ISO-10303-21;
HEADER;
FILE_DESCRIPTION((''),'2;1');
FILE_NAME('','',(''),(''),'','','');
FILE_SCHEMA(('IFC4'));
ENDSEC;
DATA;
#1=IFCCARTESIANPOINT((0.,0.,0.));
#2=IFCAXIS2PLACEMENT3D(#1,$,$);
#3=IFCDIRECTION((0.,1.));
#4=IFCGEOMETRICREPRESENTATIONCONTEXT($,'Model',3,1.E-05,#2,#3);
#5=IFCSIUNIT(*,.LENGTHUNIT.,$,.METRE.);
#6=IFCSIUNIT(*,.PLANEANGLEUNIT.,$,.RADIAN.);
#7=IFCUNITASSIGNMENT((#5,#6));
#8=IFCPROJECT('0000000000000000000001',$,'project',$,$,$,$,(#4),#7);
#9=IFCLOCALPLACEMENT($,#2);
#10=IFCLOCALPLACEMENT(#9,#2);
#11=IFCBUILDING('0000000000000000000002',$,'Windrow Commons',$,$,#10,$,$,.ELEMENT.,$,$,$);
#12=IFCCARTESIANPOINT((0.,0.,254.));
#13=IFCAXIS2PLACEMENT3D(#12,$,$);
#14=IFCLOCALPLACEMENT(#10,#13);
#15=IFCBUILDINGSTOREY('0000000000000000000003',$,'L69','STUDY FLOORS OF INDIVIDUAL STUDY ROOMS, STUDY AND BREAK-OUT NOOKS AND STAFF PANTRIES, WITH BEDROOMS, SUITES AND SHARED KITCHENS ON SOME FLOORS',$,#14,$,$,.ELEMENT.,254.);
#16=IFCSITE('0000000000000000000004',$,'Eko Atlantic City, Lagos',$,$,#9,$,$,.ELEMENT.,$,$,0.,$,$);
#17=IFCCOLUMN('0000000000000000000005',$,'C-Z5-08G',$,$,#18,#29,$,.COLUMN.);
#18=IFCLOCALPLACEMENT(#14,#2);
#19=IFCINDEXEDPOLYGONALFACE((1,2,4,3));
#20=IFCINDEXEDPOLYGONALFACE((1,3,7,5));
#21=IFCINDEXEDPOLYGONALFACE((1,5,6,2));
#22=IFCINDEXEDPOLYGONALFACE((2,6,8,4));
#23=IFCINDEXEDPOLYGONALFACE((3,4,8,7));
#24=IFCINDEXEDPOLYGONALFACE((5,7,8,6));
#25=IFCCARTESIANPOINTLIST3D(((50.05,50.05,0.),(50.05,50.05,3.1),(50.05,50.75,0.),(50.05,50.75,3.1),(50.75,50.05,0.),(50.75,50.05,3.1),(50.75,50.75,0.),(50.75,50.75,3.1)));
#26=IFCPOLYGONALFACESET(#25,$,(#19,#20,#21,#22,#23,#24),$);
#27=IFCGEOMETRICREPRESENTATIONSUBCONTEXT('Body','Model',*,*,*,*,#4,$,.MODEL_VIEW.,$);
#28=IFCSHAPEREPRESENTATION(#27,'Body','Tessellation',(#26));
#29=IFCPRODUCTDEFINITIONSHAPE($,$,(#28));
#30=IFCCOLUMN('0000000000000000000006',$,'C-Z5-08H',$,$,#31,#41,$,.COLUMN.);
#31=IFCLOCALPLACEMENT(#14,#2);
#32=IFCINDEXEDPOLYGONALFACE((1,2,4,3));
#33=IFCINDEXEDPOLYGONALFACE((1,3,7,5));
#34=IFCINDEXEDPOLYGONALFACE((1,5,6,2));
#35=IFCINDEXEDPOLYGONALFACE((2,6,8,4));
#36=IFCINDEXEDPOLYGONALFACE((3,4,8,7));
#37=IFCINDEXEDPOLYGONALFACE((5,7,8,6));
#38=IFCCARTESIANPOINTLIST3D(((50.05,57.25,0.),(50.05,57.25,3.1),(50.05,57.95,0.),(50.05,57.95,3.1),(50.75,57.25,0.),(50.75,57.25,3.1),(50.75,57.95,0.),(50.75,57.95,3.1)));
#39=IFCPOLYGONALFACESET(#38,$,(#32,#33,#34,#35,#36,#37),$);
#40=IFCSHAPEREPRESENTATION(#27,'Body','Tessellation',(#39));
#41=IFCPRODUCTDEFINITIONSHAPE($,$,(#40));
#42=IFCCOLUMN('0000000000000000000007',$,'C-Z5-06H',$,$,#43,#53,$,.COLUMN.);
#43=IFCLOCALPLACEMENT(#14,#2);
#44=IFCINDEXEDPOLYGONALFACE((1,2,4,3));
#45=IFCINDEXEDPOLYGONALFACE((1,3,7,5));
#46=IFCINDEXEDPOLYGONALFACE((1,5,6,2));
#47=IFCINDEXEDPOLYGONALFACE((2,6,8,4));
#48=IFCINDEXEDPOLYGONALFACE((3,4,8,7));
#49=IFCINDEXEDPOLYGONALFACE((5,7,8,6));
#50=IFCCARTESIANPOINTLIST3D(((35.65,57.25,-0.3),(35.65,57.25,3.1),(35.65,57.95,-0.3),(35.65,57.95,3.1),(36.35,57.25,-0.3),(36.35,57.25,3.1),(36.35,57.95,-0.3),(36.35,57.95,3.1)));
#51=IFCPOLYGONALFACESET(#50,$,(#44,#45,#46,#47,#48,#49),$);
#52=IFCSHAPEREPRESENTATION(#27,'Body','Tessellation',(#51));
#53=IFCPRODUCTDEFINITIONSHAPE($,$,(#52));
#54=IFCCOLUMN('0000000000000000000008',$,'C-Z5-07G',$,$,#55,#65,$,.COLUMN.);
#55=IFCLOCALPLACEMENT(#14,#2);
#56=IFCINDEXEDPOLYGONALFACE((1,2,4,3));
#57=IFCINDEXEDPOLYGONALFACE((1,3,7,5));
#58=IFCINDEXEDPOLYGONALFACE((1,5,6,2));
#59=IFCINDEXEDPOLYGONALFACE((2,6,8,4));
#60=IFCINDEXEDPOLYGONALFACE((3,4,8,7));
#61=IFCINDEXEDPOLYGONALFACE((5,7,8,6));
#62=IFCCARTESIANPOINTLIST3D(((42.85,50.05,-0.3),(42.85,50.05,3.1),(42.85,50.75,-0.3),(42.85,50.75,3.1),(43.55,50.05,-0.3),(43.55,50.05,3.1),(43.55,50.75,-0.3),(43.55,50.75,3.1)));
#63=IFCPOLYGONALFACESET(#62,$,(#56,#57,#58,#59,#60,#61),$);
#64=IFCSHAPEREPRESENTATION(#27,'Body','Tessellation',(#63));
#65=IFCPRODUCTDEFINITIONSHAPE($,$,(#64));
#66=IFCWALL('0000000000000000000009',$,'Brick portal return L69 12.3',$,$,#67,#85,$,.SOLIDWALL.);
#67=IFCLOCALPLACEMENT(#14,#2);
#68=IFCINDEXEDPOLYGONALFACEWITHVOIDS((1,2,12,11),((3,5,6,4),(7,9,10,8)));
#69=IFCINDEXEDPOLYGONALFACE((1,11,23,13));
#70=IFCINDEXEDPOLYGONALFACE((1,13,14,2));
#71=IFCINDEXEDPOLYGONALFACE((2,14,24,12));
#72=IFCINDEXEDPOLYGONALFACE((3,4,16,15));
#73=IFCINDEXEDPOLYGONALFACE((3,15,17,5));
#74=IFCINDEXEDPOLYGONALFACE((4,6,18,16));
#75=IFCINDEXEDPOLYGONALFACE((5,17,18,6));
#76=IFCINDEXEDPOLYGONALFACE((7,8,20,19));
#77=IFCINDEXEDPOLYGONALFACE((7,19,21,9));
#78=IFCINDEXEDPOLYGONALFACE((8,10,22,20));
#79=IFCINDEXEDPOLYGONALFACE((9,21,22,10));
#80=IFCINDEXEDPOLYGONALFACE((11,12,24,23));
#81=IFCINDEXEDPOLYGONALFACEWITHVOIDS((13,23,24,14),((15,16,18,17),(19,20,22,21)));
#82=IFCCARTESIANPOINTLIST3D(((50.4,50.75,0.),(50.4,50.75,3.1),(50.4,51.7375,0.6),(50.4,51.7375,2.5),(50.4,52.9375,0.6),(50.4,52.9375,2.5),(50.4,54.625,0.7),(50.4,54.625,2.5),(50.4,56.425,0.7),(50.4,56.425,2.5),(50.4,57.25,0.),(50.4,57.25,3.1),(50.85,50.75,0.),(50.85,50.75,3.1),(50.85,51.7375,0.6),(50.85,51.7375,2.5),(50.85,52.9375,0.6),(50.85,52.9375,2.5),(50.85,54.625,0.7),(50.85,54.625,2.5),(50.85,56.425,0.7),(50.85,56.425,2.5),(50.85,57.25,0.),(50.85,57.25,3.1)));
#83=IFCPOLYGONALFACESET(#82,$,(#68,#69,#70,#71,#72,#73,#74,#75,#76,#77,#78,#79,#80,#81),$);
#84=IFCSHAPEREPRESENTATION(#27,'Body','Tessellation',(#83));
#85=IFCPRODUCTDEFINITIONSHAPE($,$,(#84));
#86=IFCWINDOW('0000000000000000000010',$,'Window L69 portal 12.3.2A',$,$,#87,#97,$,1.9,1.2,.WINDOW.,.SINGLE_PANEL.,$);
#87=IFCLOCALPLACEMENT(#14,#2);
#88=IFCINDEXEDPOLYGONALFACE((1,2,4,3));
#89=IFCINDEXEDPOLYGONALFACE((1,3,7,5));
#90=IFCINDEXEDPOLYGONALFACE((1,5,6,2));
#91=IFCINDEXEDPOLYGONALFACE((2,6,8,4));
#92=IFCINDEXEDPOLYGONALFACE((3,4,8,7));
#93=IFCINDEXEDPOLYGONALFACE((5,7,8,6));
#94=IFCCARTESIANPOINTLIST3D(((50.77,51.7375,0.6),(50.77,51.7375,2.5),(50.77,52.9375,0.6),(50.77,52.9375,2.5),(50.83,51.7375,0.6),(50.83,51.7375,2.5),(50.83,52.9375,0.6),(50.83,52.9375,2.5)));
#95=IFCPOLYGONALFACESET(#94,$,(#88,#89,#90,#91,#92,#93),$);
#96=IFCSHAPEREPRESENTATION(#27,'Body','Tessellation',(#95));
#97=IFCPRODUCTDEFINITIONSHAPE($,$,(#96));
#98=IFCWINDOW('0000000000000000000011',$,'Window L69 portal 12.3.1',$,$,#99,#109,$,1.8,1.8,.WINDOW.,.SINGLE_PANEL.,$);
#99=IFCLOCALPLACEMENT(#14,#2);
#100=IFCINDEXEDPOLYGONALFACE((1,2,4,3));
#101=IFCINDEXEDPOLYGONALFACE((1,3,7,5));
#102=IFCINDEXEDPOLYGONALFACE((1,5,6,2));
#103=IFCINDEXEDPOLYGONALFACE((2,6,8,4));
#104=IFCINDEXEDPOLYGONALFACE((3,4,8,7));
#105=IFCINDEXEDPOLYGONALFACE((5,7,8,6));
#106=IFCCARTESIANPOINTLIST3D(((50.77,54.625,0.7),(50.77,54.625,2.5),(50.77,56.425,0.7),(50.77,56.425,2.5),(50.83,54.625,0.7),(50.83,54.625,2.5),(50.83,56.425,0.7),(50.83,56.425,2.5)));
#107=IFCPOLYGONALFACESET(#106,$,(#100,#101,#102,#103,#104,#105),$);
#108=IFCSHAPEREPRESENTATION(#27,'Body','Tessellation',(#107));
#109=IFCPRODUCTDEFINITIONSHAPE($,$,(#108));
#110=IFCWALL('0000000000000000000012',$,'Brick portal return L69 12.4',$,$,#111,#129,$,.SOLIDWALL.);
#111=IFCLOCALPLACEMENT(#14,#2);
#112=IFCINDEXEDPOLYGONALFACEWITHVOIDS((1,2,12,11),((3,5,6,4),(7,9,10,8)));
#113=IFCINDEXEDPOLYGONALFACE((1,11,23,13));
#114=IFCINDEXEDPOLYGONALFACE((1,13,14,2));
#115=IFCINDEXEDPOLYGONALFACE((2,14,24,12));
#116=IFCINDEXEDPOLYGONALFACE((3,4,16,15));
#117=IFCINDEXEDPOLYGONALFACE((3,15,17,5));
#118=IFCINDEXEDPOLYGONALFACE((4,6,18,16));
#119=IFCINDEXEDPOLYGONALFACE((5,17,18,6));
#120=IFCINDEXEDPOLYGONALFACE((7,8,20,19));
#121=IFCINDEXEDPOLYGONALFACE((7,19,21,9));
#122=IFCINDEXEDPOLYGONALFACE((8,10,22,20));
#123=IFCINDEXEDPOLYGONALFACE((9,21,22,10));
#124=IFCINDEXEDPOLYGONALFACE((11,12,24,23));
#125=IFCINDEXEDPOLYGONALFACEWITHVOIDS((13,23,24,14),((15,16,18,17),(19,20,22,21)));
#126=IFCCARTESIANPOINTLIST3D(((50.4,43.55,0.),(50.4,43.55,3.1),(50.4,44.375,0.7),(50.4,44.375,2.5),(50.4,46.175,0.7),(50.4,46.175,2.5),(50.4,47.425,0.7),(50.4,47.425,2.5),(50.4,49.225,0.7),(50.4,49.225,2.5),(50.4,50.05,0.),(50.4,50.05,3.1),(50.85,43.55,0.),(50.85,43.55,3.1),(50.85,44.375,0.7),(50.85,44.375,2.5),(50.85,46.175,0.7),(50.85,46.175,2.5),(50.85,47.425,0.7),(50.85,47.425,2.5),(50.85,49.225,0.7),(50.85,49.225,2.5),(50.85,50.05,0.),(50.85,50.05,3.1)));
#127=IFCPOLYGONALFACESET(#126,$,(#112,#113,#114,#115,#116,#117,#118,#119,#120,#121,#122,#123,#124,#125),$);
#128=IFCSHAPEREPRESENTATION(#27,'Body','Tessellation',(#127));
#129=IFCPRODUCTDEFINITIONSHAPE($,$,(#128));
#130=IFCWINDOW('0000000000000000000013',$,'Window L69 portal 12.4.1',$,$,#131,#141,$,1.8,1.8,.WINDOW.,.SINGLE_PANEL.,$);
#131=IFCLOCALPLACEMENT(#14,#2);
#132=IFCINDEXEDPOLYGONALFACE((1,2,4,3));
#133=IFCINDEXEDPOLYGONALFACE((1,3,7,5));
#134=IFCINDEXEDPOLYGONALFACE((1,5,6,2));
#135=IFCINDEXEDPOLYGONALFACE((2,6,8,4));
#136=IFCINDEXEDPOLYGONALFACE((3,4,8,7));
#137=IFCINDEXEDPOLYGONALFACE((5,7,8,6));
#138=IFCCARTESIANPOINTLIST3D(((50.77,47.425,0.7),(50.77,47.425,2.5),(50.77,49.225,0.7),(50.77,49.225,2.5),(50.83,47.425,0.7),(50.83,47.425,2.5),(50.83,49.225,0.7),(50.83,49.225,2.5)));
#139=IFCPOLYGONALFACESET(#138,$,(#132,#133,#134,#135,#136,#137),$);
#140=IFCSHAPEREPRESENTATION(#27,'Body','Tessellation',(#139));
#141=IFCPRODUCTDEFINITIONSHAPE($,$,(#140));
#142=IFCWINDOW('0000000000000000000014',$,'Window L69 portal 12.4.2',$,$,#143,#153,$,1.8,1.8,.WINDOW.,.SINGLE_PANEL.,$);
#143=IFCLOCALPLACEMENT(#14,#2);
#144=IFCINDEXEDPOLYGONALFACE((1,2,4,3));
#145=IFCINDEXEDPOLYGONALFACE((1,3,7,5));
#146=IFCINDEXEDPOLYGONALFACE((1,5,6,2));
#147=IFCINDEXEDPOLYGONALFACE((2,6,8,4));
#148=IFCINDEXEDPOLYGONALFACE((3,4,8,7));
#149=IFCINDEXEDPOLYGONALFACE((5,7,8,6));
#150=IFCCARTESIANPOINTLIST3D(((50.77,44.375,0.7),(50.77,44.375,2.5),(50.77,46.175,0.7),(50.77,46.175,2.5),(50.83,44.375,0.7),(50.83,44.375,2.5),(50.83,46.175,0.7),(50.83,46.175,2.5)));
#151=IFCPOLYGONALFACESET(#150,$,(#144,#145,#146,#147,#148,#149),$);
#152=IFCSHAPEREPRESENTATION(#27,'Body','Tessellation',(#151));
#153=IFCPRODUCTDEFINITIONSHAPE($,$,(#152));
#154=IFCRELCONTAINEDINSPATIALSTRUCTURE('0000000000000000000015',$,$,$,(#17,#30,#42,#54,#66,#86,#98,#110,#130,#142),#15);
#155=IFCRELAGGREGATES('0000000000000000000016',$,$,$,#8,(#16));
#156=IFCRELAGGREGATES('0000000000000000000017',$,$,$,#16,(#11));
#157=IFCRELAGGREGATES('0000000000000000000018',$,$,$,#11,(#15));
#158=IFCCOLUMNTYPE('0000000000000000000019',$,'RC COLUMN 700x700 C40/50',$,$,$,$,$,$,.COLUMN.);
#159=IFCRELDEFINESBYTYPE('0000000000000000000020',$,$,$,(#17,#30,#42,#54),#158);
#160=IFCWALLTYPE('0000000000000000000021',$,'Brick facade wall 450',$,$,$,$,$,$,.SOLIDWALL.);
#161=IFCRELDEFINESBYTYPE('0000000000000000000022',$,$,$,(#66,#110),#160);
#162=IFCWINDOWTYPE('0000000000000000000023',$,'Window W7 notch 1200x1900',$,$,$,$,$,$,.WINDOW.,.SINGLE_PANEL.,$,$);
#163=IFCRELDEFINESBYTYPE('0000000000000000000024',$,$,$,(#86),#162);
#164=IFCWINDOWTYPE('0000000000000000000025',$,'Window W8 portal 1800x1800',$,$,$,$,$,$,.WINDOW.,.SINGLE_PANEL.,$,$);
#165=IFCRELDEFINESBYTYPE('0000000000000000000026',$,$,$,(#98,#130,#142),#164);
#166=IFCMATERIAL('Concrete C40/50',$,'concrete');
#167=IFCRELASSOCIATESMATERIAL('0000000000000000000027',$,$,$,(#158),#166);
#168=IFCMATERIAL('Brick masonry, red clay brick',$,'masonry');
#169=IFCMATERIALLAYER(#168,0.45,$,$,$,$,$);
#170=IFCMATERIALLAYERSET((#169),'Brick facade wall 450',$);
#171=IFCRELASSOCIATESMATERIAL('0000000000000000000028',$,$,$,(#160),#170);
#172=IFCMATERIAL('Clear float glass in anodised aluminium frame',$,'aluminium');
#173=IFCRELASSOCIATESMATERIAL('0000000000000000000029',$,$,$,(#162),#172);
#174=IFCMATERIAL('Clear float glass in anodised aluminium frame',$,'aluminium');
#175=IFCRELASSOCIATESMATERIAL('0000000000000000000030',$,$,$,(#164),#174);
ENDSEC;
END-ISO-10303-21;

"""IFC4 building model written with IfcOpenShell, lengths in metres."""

from ifc_helpers import new_model, si_unit, direction, frame, frame_2d, origin, origin_2d, place, context, subcontext, project, spatial, rectangle, extrude, material, layer, layer_set, material_profile, profile_set, type_object, element, fill, save


model = new_model("IFC4")

# Units and contexts
model_context = context("Model", 3, precision=1e-05, world=origin(), true_north=direction((0.0, 1.0)))
body_context = subcontext(model_context, "Body", "Model", "MODEL_VIEW")
ifc_project = project(units=[si_unit("LENGTHUNIT", "METRE"), si_unit("PLANEANGLEUNIT", "RADIAN")], contexts=[model_context])

# Site, building, storey
site_placement = place(None, origin())
site = spatial("IfcSite", under=ifc_project, at=site_placement, Name="Eko Atlantic City, Lagos", CompositionType="ELEMENT", RefElevation=0.0)
building_placement = place(site_placement, origin())
building = spatial("IfcBuilding", under=site, at=building_placement, Name="Windrow Commons", CompositionType="ELEMENT")
storey_placement = place(building_placement, frame((0.0, 0.0, 254.0)))
storey = spatial("IfcBuildingStorey", under=building, at=storey_placement, Name="L69", Description="STUDY FLOORS OF INDIVIDUAL STUDY ROOMS, STUDY AND BREAK-OUT NOOKS AND STAFF PANTRIES, WITH BEDROOMS, SUITES AND SHARED KITCHENS ON SOME FLOORS", CompositionType="ELEMENT", Elevation=254.0)

# Columns
ifc_material_1 = material(Name="Concrete C40/50", Category="concrete")
ifc_material_profile = material_profile(ifc_material_1, rectangle(XDim=0.7, YDim=0.7, at=origin_2d()))
ifc_profile_set = profile_set([ifc_material_profile], Name="Concrete C40/50")
column_type = type_object("IfcColumnType", Name="RC COLUMN 700x700 C40/50", PredefinedType="COLUMN", material=ifc_profile_set)
for number, where, z_axis, x_axis, name in (
    (1, (50.4, 50.4, 0.0), (0.0, 0.0, 1.0), (1.0, 0.0, 0.0), "C-Z5-08G"),
    (2, (50.4, 57.6, 0.0), (0.0, 0.0, 1.0), (1.0, 0.0, 0.0), "C-Z5-08H"),
):
    element("IfcColumn", number, at=place(storey_placement, frame(where, z_axis=z_axis, x_axis=x_axis)), inside=storey, type_object=column_type, Name=name, PredefinedType="COLUMN", context=body_context, shape_type="SweptSolid", body=[
        extrude(rectangle(XDim=0.7, YDim=0.7, at=origin_2d()), origin(), (0.0, 0.0, 1.0), 3.1),
    ])
for number, where, z_axis, x_axis, name in (
    (3, (36.0, 57.6, -0.3), (0.0, 0.0, 1.0), (1.0, 0.0, 0.0), "C-Z5-06H"),
    (4, (43.2, 50.4, -0.3), (0.0, 0.0, 1.0), (1.0, 0.0, 0.0), "C-Z5-07G"),
):
    element("IfcColumn", number, at=place(storey_placement, frame(where, z_axis=z_axis, x_axis=x_axis)), inside=storey, type_object=column_type, Name=name, PredefinedType="COLUMN", context=body_context, shape_type="SweptSolid", body=[
        extrude(rectangle(XDim=0.7, YDim=0.7, at=origin_2d()), origin(), (0.0, 0.0, 1.0), 3.4),
    ])

# Walls, openings, windows
ifc_material_2 = material(Name="Brick masonry, red clay brick", Category="masonry")
ifc_layer_1 = layer(ifc_material_2, 0.45)
ifc_layer_set_1 = layer_set([ifc_layer_1], Name="Brick facade wall 450")
wall_type_1 = type_object("IfcWallType", Name="Brick facade wall 450", PredefinedType="SOLIDWALL", material=ifc_layer_set_1)
wall_1_placement = place(storey_placement, frame((50.625, 57.25, 0.0), z_axis=(0.0, 0.0, 1.0), x_axis=(0.0, -1.0, 0.0)))
wall_1 = element("IfcWall", 5, at=wall_1_placement, inside=storey, type_object=wall_type_1, Name="Brick portal return L69 12.3", PredefinedType="SOLIDWALL", context=body_context, shape_type="SweptSolid", body=[
    extrude(rectangle(XDim=6.5, YDim=0.45, at=frame_2d((3.25, 0.0))), origin(), (0.0, 0.0, 1.0), 3.1),
])
opening_1_placement = place(wall_1_placement, frame((0.825, 0.0, 0.7)))
opening_1 = element("IfcOpeningElement", 6, at=opening_1_placement, cuts=wall_1, PredefinedType="OPENING", context=body_context, shape_type="SweptSolid", body=[
    extrude(rectangle(XDim=1.8, YDim=1.8, at=frame_2d((0.9, 0.9))), frame((0.0, 0.235, 0.0), z_axis=(0.0, -1.0, 0.0), x_axis=(1.0, 0.0, 0.0)), (0.0, 0.0, 1.0), 0.47),
])
opening_2_placement = place(wall_1_placement, frame((4.3125, 0.0, 0.6)))
opening_2 = element("IfcOpeningElement", 7, at=opening_2_placement, cuts=wall_1, PredefinedType="OPENING", context=body_context, shape_type="SweptSolid", body=[
    extrude(rectangle(XDim=1.2, YDim=1.9, at=frame_2d((0.6, 0.95))), frame((0.0, 0.235, 0.0), z_axis=(0.0, -1.0, 0.0), x_axis=(1.0, 0.0, 0.0)), (0.0, 0.0, 1.0), 0.47),
])
ifc_material_3 = material(Name="Clear float glass in anodised aluminium frame", Category="aluminium")
window_type_1 = type_object("IfcWindowType", Name="Window W7 notch 1200x1900", PartitioningType="SINGLE_PANEL", PredefinedType="WINDOW", material=ifc_material_3)
window_1_placement = place(opening_2_placement, origin())
window_1 = element("IfcWindow", 8, at=window_1_placement, inside=storey, type_object=window_type_1, Name="Window L69 portal 12.3.2A", OverallHeight=1.9, OverallWidth=1.2, PartitioningType="SINGLE_PANEL", PredefinedType="WINDOW", context=body_context, shape_type="SweptSolid", body=[
    extrude(rectangle(XDim=1.2, YDim=1.9, at=frame_2d((0.6, 0.95))), frame((0.0, 0.205, 0.0), z_axis=(0.0, -1.0, 0.0), x_axis=(1.0, 0.0, 0.0)), (0.0, 0.0, 1.0), 0.06),
])
fill(opening_2, window_1)
ifc_material_4 = material(Name="Clear float glass in anodised aluminium frame", Category="aluminium")
window_type_2 = type_object("IfcWindowType", Name="Window W8 portal 1800x1800", PartitioningType="SINGLE_PANEL", PredefinedType="WINDOW", material=ifc_material_4)
window_2_placement = place(opening_1_placement, origin())
window_2 = element("IfcWindow", 9, at=window_2_placement, inside=storey, type_object=window_type_2, Name="Window L69 portal 12.3.1", OverallHeight=1.8, OverallWidth=1.8, PartitioningType="SINGLE_PANEL", PredefinedType="WINDOW", context=body_context, shape_type="SweptSolid", body=[
    extrude(rectangle(XDim=1.8, YDim=1.8, at=frame_2d((0.9, 0.9))), frame((0.0, 0.205, 0.0), z_axis=(0.0, -1.0, 0.0), x_axis=(1.0, 0.0, 0.0)), (0.0, 0.0, 1.0), 0.06),
])
fill(opening_1, window_2)
wall_2_placement = place(storey_placement, frame((50.625, 50.05, 0.0), z_axis=(0.0, 0.0, 1.0), x_axis=(0.0, -1.0, 0.0)))
wall_2 = element("IfcWall", 10, at=wall_2_placement, inside=storey, type_object=wall_type_1, Name="Brick portal return L69 12.4", PredefinedType="SOLIDWALL", context=body_context, shape_type="SweptSolid", body=[
    extrude(rectangle(XDim=6.5, YDim=0.45, at=frame_2d((3.25, 0.0))), origin(), (0.0, 0.0, 1.0), 3.1),
])
opening_3_placement = place(wall_2_placement, frame((0.825, 0.0, 0.7)))
opening_3 = element("IfcOpeningElement", 11, at=opening_3_placement, cuts=wall_2, PredefinedType="OPENING", context=body_context, shape_type="SweptSolid", body=[
    extrude(rectangle(XDim=1.8, YDim=1.8, at=frame_2d((0.9, 0.9))), frame((0.0, 0.235, 0.0), z_axis=(0.0, -1.0, 0.0), x_axis=(1.0, 0.0, 0.0)), (0.0, 0.0, 1.0), 0.47),
])
opening_4_placement = place(wall_2_placement, frame((3.875, 0.0, 0.7)))
opening_4 = element("IfcOpeningElement", 12, at=opening_4_placement, cuts=wall_2, PredefinedType="OPENING", context=body_context, shape_type="SweptSolid", body=[
    extrude(rectangle(XDim=1.8, YDim=1.8, at=frame_2d((0.9, 0.9))), frame((0.0, 0.235, 0.0), z_axis=(0.0, -1.0, 0.0), x_axis=(1.0, 0.0, 0.0)), (0.0, 0.0, 1.0), 0.47),
])
window_3_placement = place(opening_3_placement, origin())
window_3 = element("IfcWindow", 13, at=window_3_placement, inside=storey, type_object=window_type_2, Name="Window L69 portal 12.4.1", OverallHeight=1.8, OverallWidth=1.8, PartitioningType="SINGLE_PANEL", PredefinedType="WINDOW", context=body_context, shape_type="SweptSolid", body=[
    extrude(rectangle(XDim=1.8, YDim=1.8, at=frame_2d((0.9, 0.9))), frame((0.0, 0.205, 0.0), z_axis=(0.0, -1.0, 0.0), x_axis=(1.0, 0.0, 0.0)), (0.0, 0.0, 1.0), 0.06),
])
fill(opening_3, window_3)
window_4_placement = place(opening_4_placement, origin())
window_4 = element("IfcWindow", 14, at=window_4_placement, inside=storey, type_object=window_type_2, Name="Window L69 portal 12.4.2", OverallHeight=1.8, OverallWidth=1.8, PartitioningType="SINGLE_PANEL", PredefinedType="WINDOW", context=body_context, shape_type="SweptSolid", body=[
    extrude(rectangle(XDim=1.8, YDim=1.8, at=frame_2d((0.9, 0.9))), frame((0.0, 0.205, 0.0), z_axis=(0.0, -1.0, 0.0), x_axis=(1.0, 0.0, 0.0)), (0.0, 0.0, 1.0), 0.06),
])
fill(opening_4, window_4)

save(model, "model.ifc")
